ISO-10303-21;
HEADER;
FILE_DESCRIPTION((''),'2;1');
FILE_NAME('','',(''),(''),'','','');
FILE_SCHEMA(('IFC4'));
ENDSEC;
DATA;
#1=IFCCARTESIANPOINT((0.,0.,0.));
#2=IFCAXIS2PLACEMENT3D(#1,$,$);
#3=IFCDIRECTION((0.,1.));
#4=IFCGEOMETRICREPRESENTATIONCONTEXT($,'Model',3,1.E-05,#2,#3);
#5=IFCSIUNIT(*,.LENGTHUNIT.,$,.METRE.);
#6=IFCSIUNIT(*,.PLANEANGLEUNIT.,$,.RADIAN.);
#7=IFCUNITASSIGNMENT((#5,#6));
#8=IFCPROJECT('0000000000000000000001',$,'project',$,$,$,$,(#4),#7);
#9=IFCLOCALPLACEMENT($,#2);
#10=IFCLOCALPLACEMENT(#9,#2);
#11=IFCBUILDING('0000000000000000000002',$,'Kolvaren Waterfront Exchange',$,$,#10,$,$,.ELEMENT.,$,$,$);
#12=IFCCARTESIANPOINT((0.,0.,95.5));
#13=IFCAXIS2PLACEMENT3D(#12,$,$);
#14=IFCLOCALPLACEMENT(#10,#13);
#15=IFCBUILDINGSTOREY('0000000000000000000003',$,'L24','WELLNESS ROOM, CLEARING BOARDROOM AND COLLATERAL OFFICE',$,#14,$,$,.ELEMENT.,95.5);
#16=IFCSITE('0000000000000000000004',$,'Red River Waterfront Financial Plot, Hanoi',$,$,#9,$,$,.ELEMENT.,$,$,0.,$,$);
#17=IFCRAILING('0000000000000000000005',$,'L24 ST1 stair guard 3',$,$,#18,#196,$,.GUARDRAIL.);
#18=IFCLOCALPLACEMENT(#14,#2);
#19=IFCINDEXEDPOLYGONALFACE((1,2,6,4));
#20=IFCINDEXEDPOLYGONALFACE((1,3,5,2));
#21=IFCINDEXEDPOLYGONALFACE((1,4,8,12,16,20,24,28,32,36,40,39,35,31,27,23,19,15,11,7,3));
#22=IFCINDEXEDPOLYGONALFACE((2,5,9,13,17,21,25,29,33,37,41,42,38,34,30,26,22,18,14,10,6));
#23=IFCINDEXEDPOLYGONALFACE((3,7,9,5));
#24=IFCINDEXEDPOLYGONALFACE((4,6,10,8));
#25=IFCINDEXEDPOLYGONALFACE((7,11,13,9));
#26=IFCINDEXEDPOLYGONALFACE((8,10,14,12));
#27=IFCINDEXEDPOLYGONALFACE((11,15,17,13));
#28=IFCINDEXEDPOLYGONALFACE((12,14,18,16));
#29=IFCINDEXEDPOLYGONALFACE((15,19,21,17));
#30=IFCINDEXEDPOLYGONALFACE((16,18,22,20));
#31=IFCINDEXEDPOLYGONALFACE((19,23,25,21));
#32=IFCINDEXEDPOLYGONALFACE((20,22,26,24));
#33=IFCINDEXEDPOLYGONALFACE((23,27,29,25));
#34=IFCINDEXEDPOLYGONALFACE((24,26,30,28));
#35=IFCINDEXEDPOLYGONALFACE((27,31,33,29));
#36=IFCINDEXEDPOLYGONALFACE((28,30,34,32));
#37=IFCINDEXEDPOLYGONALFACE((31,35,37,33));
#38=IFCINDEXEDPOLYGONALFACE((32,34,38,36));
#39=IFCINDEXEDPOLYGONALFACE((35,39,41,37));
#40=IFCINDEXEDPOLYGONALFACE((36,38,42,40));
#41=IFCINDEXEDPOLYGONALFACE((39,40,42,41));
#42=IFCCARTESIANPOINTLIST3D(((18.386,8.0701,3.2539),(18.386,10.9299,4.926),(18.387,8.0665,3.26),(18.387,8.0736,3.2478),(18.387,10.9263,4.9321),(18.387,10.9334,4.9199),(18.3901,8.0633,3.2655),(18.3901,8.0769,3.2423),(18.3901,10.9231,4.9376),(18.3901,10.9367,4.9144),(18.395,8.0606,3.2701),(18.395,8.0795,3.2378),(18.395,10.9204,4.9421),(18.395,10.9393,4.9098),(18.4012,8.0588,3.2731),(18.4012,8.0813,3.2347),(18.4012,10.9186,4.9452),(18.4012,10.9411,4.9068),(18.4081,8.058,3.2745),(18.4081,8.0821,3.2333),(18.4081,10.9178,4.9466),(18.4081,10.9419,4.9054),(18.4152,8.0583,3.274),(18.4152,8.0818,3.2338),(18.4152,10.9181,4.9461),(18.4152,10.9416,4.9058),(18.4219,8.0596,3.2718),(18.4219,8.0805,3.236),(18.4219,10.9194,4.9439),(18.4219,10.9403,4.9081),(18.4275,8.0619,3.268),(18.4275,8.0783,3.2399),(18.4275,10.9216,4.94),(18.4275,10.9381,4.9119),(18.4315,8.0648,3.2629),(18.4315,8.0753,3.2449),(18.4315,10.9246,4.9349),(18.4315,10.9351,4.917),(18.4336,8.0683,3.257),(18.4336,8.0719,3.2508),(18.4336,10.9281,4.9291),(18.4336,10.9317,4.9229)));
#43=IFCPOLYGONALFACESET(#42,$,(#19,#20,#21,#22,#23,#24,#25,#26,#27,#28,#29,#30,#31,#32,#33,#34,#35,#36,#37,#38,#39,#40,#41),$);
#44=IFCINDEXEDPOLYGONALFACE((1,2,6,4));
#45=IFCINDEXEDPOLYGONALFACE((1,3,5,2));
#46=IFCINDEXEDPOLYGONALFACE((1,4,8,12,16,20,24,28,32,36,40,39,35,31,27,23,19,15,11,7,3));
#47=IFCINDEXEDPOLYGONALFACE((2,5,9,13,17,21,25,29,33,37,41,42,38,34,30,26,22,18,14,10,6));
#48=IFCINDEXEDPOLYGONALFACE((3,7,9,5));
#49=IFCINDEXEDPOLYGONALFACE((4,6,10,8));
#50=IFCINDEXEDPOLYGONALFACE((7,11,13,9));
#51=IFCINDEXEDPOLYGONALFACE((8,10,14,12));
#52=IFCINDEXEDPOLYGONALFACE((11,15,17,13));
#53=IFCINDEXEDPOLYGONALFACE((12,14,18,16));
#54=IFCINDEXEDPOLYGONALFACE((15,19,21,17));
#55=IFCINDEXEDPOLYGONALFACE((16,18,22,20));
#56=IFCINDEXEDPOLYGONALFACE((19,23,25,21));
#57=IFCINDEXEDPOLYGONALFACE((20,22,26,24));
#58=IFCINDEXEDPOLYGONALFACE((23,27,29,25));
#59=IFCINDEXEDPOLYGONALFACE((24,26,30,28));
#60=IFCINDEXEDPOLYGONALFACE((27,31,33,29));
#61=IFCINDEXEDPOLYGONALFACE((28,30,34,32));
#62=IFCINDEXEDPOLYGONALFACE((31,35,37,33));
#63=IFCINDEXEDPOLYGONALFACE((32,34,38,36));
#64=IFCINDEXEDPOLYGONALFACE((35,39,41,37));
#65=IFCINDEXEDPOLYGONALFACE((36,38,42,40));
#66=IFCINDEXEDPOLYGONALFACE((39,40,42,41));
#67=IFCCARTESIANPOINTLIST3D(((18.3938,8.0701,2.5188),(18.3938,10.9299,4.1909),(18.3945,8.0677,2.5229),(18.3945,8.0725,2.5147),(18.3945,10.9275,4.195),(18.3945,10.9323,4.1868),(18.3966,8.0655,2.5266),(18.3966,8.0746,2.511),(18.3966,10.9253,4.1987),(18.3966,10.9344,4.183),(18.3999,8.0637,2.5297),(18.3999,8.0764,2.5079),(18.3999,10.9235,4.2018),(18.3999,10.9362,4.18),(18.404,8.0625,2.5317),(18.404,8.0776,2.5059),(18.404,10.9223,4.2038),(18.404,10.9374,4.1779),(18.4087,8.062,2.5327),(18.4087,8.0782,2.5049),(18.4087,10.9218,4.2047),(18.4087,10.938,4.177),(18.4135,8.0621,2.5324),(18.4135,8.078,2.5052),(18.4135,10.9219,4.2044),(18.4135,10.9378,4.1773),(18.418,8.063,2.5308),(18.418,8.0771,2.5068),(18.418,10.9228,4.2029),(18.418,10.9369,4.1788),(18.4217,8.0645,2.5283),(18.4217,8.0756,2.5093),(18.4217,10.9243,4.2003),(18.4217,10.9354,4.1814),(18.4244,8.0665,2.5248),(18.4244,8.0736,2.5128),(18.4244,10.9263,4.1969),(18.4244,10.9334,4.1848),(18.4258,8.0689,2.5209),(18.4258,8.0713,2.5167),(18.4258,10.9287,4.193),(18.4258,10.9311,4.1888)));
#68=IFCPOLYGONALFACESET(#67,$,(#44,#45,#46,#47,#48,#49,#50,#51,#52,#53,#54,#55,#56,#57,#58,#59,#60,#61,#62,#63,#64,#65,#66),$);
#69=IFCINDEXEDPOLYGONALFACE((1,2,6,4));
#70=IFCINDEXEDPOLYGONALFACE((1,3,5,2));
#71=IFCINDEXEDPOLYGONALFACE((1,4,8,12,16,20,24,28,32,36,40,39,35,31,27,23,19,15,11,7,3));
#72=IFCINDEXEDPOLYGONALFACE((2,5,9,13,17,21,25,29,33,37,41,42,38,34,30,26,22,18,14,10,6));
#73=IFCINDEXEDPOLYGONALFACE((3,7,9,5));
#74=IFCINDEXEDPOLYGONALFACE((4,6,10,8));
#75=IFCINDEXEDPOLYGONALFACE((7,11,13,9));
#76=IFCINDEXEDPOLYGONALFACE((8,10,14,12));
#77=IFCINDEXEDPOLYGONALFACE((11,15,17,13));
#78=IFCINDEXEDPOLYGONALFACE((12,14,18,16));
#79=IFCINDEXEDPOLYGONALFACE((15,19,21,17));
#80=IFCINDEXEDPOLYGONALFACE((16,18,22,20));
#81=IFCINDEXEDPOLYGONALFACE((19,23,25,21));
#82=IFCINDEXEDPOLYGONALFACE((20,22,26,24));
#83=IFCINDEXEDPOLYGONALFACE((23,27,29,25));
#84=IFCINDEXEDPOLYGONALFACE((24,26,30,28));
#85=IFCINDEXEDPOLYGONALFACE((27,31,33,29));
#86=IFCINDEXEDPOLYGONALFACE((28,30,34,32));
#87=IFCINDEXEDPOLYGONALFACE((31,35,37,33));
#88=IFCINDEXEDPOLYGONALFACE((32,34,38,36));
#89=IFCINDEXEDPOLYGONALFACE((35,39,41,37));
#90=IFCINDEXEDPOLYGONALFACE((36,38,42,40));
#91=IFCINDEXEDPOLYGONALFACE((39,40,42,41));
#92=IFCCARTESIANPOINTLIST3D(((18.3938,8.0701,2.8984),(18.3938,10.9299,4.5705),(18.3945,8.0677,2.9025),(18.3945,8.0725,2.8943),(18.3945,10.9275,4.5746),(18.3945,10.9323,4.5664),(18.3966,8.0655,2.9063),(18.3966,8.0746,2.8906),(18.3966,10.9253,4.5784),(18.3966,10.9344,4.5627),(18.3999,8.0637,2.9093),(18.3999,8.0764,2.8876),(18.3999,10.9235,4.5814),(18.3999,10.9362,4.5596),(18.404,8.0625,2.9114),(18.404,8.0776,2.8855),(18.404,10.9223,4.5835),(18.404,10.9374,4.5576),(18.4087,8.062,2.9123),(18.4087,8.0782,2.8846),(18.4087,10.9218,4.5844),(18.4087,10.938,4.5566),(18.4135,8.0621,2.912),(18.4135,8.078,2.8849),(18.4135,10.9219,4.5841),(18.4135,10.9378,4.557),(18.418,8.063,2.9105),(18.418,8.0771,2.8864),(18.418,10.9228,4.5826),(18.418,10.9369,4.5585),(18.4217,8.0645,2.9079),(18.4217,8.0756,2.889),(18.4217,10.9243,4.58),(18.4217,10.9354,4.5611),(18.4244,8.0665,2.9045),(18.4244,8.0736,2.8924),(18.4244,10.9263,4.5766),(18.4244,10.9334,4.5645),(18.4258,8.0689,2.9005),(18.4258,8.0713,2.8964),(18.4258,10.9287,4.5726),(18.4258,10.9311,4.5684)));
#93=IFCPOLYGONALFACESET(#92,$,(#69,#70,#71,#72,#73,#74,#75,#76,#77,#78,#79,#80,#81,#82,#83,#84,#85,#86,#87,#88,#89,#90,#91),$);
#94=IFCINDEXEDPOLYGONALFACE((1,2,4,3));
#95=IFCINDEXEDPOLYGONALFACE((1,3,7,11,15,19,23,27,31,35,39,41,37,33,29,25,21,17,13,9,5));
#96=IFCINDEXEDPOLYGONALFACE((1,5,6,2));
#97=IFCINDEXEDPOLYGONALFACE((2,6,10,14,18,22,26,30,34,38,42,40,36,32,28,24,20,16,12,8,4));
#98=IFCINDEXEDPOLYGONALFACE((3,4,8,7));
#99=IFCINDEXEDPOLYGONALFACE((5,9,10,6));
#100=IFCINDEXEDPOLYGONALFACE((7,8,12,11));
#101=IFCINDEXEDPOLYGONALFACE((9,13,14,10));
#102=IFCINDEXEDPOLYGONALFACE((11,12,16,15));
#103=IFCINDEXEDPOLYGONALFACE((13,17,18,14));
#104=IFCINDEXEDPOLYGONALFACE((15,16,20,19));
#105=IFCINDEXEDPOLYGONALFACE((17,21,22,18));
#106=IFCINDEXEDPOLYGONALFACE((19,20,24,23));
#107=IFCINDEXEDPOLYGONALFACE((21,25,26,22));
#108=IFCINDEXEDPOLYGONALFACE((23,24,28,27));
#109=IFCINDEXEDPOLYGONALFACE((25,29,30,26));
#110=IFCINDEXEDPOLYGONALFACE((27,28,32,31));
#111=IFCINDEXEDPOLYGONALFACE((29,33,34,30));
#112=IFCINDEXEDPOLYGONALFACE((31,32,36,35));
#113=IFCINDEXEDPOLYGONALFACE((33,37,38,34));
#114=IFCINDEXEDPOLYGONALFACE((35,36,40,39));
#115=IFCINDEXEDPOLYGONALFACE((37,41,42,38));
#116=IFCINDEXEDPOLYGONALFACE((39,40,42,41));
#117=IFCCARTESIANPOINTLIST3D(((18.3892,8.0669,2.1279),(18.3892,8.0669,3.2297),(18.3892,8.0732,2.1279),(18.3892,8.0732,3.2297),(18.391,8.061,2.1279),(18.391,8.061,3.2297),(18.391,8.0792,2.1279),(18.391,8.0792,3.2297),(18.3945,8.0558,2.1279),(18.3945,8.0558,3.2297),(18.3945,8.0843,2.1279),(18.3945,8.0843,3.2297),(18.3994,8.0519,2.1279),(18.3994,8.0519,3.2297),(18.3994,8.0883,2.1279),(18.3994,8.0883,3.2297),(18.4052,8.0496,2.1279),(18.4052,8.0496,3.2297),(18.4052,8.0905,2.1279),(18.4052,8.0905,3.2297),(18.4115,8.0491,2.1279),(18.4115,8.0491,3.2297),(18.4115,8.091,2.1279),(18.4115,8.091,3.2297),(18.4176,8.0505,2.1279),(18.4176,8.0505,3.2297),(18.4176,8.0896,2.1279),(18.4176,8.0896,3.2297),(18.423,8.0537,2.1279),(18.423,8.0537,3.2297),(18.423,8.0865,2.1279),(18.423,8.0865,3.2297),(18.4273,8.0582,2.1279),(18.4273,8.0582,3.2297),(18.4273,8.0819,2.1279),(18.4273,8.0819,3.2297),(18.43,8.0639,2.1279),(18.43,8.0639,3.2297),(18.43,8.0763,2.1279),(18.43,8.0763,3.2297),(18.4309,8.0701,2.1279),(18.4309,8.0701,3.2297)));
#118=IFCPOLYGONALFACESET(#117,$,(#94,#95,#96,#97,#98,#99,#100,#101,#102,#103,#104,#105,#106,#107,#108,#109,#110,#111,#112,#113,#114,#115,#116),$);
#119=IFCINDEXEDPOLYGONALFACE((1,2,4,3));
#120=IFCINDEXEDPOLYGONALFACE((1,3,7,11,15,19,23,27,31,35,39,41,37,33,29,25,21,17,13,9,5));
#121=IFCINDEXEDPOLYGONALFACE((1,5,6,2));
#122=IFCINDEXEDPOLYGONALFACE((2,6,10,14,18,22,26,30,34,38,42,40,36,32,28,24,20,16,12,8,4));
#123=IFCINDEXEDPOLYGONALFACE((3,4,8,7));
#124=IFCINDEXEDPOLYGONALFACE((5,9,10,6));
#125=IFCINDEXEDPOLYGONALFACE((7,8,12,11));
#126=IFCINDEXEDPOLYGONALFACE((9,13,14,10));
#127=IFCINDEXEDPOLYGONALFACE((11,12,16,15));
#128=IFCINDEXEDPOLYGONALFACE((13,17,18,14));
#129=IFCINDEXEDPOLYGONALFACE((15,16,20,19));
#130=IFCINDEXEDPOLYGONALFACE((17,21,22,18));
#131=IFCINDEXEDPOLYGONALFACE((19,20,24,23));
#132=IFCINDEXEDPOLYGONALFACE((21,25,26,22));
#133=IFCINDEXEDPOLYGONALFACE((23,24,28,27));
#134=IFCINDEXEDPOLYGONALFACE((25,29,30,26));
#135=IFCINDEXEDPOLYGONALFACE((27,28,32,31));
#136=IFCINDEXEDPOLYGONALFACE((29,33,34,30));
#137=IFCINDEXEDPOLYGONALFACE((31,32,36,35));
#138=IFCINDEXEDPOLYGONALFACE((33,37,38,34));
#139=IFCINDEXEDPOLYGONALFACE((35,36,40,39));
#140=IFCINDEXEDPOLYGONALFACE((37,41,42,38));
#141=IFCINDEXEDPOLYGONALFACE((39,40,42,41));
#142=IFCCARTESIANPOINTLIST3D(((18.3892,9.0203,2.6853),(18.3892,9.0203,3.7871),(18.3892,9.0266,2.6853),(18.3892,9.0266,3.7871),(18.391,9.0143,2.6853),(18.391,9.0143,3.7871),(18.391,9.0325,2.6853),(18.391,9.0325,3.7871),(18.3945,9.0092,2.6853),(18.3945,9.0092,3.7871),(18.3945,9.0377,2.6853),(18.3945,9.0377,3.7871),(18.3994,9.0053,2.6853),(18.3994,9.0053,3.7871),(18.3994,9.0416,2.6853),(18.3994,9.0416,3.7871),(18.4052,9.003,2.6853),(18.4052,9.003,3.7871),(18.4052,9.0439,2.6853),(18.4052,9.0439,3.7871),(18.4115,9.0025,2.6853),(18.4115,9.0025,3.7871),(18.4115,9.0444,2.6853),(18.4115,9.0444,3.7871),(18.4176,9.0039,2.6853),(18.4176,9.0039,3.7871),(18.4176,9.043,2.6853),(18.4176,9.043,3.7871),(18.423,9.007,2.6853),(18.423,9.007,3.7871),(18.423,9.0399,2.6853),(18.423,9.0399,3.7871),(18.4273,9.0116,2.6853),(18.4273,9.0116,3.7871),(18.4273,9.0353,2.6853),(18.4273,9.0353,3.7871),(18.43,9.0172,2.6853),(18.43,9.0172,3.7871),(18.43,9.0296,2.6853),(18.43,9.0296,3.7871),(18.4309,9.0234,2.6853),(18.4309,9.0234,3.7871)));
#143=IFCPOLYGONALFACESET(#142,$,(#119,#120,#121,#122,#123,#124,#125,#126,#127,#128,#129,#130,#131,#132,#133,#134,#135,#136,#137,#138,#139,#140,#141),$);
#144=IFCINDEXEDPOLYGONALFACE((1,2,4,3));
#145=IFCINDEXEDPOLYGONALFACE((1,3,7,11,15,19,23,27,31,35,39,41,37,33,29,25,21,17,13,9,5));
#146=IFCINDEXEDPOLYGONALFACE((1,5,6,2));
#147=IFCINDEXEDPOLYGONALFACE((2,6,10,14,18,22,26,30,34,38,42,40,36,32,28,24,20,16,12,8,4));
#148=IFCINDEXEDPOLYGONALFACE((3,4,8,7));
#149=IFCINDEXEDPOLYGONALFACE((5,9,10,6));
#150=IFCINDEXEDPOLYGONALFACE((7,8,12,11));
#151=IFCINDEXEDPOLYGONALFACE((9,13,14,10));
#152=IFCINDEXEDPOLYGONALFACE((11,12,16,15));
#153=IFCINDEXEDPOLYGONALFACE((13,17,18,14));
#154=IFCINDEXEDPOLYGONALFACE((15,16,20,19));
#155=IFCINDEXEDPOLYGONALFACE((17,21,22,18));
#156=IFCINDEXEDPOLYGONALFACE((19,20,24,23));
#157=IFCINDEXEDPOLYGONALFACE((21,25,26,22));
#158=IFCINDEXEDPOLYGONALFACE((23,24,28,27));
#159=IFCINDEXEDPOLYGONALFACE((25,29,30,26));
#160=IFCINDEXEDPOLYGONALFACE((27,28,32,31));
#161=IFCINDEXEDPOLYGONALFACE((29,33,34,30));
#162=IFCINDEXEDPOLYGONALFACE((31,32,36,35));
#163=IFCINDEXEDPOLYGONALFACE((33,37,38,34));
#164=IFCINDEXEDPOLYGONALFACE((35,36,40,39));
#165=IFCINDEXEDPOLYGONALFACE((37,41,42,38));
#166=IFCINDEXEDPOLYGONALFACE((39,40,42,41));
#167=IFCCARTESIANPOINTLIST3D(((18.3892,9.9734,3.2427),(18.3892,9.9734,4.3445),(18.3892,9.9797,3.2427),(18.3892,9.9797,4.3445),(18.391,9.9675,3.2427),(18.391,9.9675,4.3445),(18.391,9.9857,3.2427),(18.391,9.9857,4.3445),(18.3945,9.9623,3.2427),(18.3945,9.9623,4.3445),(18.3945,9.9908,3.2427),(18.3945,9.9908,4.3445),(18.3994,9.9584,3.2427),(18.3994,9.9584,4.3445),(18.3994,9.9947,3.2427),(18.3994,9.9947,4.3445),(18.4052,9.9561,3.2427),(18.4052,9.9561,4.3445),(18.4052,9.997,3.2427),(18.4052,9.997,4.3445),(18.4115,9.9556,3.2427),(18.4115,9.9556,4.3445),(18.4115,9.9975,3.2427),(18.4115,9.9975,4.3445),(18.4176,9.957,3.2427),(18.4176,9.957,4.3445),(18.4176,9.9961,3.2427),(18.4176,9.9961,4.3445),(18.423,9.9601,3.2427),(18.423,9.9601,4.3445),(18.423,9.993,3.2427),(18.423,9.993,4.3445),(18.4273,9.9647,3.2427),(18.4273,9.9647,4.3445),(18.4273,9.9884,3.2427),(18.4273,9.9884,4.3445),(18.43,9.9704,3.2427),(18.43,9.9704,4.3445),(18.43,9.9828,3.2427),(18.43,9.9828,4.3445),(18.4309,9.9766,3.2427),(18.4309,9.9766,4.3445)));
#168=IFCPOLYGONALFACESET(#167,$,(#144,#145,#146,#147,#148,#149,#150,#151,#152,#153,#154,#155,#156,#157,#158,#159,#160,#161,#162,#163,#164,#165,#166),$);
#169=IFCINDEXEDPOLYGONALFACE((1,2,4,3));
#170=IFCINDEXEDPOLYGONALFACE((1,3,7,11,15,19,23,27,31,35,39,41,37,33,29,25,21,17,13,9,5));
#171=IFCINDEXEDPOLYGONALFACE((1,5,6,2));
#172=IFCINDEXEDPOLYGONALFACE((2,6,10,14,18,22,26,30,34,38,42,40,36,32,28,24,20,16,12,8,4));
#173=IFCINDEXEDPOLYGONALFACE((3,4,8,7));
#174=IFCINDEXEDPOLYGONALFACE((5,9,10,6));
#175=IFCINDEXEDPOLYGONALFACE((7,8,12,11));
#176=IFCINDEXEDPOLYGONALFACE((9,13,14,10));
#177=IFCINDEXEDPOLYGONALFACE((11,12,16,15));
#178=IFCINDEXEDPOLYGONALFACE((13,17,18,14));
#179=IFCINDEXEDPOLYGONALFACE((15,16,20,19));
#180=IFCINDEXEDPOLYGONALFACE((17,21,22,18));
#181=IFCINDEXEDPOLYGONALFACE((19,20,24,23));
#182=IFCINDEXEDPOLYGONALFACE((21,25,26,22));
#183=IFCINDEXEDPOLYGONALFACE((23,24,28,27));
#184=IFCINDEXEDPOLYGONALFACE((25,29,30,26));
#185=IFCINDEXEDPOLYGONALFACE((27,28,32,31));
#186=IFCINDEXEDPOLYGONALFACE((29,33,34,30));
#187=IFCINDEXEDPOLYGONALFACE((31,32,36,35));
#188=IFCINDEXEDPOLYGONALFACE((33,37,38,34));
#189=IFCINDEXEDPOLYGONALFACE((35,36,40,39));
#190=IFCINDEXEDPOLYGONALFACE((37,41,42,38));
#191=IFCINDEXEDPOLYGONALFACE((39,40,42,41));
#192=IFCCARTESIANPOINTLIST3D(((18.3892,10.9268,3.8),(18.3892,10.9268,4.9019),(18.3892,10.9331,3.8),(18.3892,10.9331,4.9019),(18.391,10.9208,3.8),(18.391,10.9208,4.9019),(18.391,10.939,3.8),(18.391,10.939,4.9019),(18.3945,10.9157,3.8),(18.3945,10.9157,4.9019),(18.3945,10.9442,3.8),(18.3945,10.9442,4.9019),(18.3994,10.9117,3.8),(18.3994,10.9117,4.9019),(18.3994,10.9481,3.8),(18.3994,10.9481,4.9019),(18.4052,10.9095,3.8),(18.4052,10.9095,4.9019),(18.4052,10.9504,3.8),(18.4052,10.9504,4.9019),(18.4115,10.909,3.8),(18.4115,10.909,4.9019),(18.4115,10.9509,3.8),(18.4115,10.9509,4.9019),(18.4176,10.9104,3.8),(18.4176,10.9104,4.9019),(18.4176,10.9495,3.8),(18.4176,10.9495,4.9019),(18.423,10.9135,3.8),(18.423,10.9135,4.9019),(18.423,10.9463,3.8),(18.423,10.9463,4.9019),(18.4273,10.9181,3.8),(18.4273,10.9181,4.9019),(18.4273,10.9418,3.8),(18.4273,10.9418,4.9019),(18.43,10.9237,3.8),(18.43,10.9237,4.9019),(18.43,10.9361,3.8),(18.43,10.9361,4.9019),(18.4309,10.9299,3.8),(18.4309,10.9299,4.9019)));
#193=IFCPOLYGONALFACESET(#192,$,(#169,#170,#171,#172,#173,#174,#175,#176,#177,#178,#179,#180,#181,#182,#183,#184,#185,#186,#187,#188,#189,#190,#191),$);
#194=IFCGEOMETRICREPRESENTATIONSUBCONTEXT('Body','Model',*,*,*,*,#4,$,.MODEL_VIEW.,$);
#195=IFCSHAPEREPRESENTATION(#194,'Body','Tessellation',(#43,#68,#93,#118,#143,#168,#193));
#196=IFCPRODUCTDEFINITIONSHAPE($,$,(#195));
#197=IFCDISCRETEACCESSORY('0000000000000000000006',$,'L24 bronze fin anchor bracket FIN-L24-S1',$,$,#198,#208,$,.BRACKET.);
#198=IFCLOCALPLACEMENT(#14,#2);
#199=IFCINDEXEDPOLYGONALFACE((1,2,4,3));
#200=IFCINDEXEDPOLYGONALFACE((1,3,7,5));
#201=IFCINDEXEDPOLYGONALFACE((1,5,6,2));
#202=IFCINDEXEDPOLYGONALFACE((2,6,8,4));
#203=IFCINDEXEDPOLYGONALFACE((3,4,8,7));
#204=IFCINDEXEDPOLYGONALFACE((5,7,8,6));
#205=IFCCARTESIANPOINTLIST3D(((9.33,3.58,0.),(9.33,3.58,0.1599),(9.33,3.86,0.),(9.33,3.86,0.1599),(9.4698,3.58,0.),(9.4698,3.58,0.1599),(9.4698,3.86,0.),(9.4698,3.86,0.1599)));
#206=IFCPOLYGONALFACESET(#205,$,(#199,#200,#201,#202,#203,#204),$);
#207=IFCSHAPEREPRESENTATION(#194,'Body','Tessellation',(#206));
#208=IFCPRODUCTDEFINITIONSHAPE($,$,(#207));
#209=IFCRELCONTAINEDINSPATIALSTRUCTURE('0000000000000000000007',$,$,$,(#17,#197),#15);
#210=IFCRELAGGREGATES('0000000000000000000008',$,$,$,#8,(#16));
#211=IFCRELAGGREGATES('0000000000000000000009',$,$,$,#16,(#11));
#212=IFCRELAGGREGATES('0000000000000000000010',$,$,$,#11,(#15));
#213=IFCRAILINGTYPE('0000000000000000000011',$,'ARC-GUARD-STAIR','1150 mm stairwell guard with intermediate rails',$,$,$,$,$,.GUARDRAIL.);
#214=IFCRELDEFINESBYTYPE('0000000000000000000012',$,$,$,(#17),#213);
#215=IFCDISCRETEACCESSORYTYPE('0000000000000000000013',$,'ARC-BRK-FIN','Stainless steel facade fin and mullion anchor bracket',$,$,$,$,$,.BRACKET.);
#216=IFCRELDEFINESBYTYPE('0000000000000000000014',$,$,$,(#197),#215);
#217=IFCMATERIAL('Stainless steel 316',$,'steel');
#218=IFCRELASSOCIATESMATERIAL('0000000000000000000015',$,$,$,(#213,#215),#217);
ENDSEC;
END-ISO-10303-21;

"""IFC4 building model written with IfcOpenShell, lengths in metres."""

from ifc_helpers import new_model, si_unit, direction, frame, origin, origin_with_axes, origin_2d, place, context, subcontext, project, spatial, rectangle, circle, extrude, source, transform, mapped, material, type_object, element, save


model = new_model("IFC4")

# Units and contexts
model_context = context("Model", 3, precision=1e-05, world=origin(), true_north=direction((0.0, 1.0)))
body_context = subcontext(model_context, "Body", "Model", "MODEL_VIEW")
ifc_project = project(units=[si_unit("LENGTHUNIT", "METRE"), si_unit("PLANEANGLEUNIT", "RADIAN")], contexts=[model_context])

# Site, building, storey
site_placement = place(None, origin())
site = spatial("IfcSite", under=ifc_project, at=site_placement, Name="Red River Waterfront Financial Plot, Hanoi", CompositionType="ELEMENT", RefElevation=0.0)
building_placement = place(site_placement, origin())
building = spatial("IfcBuilding", under=site, at=building_placement, Name="Kolvaren Waterfront Exchange", CompositionType="ELEMENT")
storey_placement = place(building_placement, frame((0.0, 0.0, 95.5)))
storey = spatial("IfcBuildingStorey", under=building, at=storey_placement, Name="L24", Description="WELLNESS ROOM, CLEARING BOARDROOM AND COLLATERAL OFFICE", CompositionType="ELEMENT", Elevation=95.5)

# Railing
ifc_material_1 = material(Name="Stainless steel 316", Category="steel")
railing_type = type_object("IfcRailingType", Name="ARC-GUARD-STAIR", Description="1150 mm stairwell guard with intermediate rails", PredefinedType="GUARDRAIL", material=ifc_material_1)
railing_1_placement = place(storey_placement, frame((18.4099, 8.0701, 2.1279)))
element("IfcRailing", 1, at=railing_1_placement, inside=storey, type_object=railing_type, Name="L24 ST1 stair guard 3", PredefinedType="GUARDRAIL", context=body_context, shape_type="SweptSolid", body=[
    extrude(circle(Radius=0.0239, at=origin_2d()), frame((0.0, 0.0, 1.126), z_axis=(0.0, 0.863271, 0.504741), x_axis=(-1.0, 0.0, 0.0)), (0.0, 0.0, 1.0), 3.3127),
    extrude(circle(Radius=0.0161, at=origin_2d()), frame((0.0, 0.0, 0.3909), z_axis=(0.0, 0.863271, 0.504741), x_axis=(-1.0, 0.0, 0.0)), (0.0, 0.0, 1.0), 3.3127),
    extrude(circle(Radius=0.0161, at=origin_2d()), frame((0.0, 0.0, 0.7705), z_axis=(0.0, 0.863271, 0.504741), x_axis=(-1.0, 0.0, 0.0)), (0.0, 0.0, 1.0), 3.3127),
    extrude(circle(Radius=0.021, at=origin_2d()), origin(), (0.0, 0.0, 1.0), 1.1018),
    extrude(circle(Radius=0.021, at=origin_2d()), frame((0.0, 0.9534, 0.5574)), (0.0, 0.0, 1.0), 1.1018),
    extrude(circle(Radius=0.021, at=origin_2d()), frame((0.0, 1.9065, 1.1147)), (0.0, 0.0, 1.0), 1.1018),
    extrude(circle(Radius=0.021, at=origin_2d()), frame((0.0, 2.8599, 1.6721)), (0.0, 0.0, 1.0), 1.1018),
])

# Discrete accessory
discrete_accessory_type = type_object("IfcDiscreteAccessoryType", Name="ARC-BRK-FIN", Description="Stainless steel facade fin and mullion anchor bracket", PredefinedType="BRACKET", material=ifc_material_1)
shared_shape_1 = source(origin_with_axes(), body_context, "Body", "SweptSolid", [
    extrude(rectangle(XDim=0.28, YDim=0.1399, at=origin_2d()), origin(), (0.0, 0.0, 1.0), 0.1599),
])
for number, where, z_axis, x_axis, name in (
    (2, (9.3999, 3.72, 0.0), (0.0, 0.0, 1.0), (0.0, -1.0, 0.0), "L24 bronze fin anchor bracket FIN-L24-S1"),
):
    element("IfcDiscreteAccessory", number, at=place(storey_placement, frame(where, z_axis=z_axis, x_axis=x_axis)), inside=storey, type_object=discrete_accessory_type, Name=name, PredefinedType="BRACKET", context=body_context, shape_type="MappedRepresentation", body=[
        mapped(shared_shape_1, transform((0.0, 0.0, 0.0), x_axis=(1.0, 0.0, 0.0), y_axis=(0.0, 1.0, 0.0), z_axis=(0.0, 0.0, 1.0), scale=1.0)),
    ])

save(model, "model.ifc")
